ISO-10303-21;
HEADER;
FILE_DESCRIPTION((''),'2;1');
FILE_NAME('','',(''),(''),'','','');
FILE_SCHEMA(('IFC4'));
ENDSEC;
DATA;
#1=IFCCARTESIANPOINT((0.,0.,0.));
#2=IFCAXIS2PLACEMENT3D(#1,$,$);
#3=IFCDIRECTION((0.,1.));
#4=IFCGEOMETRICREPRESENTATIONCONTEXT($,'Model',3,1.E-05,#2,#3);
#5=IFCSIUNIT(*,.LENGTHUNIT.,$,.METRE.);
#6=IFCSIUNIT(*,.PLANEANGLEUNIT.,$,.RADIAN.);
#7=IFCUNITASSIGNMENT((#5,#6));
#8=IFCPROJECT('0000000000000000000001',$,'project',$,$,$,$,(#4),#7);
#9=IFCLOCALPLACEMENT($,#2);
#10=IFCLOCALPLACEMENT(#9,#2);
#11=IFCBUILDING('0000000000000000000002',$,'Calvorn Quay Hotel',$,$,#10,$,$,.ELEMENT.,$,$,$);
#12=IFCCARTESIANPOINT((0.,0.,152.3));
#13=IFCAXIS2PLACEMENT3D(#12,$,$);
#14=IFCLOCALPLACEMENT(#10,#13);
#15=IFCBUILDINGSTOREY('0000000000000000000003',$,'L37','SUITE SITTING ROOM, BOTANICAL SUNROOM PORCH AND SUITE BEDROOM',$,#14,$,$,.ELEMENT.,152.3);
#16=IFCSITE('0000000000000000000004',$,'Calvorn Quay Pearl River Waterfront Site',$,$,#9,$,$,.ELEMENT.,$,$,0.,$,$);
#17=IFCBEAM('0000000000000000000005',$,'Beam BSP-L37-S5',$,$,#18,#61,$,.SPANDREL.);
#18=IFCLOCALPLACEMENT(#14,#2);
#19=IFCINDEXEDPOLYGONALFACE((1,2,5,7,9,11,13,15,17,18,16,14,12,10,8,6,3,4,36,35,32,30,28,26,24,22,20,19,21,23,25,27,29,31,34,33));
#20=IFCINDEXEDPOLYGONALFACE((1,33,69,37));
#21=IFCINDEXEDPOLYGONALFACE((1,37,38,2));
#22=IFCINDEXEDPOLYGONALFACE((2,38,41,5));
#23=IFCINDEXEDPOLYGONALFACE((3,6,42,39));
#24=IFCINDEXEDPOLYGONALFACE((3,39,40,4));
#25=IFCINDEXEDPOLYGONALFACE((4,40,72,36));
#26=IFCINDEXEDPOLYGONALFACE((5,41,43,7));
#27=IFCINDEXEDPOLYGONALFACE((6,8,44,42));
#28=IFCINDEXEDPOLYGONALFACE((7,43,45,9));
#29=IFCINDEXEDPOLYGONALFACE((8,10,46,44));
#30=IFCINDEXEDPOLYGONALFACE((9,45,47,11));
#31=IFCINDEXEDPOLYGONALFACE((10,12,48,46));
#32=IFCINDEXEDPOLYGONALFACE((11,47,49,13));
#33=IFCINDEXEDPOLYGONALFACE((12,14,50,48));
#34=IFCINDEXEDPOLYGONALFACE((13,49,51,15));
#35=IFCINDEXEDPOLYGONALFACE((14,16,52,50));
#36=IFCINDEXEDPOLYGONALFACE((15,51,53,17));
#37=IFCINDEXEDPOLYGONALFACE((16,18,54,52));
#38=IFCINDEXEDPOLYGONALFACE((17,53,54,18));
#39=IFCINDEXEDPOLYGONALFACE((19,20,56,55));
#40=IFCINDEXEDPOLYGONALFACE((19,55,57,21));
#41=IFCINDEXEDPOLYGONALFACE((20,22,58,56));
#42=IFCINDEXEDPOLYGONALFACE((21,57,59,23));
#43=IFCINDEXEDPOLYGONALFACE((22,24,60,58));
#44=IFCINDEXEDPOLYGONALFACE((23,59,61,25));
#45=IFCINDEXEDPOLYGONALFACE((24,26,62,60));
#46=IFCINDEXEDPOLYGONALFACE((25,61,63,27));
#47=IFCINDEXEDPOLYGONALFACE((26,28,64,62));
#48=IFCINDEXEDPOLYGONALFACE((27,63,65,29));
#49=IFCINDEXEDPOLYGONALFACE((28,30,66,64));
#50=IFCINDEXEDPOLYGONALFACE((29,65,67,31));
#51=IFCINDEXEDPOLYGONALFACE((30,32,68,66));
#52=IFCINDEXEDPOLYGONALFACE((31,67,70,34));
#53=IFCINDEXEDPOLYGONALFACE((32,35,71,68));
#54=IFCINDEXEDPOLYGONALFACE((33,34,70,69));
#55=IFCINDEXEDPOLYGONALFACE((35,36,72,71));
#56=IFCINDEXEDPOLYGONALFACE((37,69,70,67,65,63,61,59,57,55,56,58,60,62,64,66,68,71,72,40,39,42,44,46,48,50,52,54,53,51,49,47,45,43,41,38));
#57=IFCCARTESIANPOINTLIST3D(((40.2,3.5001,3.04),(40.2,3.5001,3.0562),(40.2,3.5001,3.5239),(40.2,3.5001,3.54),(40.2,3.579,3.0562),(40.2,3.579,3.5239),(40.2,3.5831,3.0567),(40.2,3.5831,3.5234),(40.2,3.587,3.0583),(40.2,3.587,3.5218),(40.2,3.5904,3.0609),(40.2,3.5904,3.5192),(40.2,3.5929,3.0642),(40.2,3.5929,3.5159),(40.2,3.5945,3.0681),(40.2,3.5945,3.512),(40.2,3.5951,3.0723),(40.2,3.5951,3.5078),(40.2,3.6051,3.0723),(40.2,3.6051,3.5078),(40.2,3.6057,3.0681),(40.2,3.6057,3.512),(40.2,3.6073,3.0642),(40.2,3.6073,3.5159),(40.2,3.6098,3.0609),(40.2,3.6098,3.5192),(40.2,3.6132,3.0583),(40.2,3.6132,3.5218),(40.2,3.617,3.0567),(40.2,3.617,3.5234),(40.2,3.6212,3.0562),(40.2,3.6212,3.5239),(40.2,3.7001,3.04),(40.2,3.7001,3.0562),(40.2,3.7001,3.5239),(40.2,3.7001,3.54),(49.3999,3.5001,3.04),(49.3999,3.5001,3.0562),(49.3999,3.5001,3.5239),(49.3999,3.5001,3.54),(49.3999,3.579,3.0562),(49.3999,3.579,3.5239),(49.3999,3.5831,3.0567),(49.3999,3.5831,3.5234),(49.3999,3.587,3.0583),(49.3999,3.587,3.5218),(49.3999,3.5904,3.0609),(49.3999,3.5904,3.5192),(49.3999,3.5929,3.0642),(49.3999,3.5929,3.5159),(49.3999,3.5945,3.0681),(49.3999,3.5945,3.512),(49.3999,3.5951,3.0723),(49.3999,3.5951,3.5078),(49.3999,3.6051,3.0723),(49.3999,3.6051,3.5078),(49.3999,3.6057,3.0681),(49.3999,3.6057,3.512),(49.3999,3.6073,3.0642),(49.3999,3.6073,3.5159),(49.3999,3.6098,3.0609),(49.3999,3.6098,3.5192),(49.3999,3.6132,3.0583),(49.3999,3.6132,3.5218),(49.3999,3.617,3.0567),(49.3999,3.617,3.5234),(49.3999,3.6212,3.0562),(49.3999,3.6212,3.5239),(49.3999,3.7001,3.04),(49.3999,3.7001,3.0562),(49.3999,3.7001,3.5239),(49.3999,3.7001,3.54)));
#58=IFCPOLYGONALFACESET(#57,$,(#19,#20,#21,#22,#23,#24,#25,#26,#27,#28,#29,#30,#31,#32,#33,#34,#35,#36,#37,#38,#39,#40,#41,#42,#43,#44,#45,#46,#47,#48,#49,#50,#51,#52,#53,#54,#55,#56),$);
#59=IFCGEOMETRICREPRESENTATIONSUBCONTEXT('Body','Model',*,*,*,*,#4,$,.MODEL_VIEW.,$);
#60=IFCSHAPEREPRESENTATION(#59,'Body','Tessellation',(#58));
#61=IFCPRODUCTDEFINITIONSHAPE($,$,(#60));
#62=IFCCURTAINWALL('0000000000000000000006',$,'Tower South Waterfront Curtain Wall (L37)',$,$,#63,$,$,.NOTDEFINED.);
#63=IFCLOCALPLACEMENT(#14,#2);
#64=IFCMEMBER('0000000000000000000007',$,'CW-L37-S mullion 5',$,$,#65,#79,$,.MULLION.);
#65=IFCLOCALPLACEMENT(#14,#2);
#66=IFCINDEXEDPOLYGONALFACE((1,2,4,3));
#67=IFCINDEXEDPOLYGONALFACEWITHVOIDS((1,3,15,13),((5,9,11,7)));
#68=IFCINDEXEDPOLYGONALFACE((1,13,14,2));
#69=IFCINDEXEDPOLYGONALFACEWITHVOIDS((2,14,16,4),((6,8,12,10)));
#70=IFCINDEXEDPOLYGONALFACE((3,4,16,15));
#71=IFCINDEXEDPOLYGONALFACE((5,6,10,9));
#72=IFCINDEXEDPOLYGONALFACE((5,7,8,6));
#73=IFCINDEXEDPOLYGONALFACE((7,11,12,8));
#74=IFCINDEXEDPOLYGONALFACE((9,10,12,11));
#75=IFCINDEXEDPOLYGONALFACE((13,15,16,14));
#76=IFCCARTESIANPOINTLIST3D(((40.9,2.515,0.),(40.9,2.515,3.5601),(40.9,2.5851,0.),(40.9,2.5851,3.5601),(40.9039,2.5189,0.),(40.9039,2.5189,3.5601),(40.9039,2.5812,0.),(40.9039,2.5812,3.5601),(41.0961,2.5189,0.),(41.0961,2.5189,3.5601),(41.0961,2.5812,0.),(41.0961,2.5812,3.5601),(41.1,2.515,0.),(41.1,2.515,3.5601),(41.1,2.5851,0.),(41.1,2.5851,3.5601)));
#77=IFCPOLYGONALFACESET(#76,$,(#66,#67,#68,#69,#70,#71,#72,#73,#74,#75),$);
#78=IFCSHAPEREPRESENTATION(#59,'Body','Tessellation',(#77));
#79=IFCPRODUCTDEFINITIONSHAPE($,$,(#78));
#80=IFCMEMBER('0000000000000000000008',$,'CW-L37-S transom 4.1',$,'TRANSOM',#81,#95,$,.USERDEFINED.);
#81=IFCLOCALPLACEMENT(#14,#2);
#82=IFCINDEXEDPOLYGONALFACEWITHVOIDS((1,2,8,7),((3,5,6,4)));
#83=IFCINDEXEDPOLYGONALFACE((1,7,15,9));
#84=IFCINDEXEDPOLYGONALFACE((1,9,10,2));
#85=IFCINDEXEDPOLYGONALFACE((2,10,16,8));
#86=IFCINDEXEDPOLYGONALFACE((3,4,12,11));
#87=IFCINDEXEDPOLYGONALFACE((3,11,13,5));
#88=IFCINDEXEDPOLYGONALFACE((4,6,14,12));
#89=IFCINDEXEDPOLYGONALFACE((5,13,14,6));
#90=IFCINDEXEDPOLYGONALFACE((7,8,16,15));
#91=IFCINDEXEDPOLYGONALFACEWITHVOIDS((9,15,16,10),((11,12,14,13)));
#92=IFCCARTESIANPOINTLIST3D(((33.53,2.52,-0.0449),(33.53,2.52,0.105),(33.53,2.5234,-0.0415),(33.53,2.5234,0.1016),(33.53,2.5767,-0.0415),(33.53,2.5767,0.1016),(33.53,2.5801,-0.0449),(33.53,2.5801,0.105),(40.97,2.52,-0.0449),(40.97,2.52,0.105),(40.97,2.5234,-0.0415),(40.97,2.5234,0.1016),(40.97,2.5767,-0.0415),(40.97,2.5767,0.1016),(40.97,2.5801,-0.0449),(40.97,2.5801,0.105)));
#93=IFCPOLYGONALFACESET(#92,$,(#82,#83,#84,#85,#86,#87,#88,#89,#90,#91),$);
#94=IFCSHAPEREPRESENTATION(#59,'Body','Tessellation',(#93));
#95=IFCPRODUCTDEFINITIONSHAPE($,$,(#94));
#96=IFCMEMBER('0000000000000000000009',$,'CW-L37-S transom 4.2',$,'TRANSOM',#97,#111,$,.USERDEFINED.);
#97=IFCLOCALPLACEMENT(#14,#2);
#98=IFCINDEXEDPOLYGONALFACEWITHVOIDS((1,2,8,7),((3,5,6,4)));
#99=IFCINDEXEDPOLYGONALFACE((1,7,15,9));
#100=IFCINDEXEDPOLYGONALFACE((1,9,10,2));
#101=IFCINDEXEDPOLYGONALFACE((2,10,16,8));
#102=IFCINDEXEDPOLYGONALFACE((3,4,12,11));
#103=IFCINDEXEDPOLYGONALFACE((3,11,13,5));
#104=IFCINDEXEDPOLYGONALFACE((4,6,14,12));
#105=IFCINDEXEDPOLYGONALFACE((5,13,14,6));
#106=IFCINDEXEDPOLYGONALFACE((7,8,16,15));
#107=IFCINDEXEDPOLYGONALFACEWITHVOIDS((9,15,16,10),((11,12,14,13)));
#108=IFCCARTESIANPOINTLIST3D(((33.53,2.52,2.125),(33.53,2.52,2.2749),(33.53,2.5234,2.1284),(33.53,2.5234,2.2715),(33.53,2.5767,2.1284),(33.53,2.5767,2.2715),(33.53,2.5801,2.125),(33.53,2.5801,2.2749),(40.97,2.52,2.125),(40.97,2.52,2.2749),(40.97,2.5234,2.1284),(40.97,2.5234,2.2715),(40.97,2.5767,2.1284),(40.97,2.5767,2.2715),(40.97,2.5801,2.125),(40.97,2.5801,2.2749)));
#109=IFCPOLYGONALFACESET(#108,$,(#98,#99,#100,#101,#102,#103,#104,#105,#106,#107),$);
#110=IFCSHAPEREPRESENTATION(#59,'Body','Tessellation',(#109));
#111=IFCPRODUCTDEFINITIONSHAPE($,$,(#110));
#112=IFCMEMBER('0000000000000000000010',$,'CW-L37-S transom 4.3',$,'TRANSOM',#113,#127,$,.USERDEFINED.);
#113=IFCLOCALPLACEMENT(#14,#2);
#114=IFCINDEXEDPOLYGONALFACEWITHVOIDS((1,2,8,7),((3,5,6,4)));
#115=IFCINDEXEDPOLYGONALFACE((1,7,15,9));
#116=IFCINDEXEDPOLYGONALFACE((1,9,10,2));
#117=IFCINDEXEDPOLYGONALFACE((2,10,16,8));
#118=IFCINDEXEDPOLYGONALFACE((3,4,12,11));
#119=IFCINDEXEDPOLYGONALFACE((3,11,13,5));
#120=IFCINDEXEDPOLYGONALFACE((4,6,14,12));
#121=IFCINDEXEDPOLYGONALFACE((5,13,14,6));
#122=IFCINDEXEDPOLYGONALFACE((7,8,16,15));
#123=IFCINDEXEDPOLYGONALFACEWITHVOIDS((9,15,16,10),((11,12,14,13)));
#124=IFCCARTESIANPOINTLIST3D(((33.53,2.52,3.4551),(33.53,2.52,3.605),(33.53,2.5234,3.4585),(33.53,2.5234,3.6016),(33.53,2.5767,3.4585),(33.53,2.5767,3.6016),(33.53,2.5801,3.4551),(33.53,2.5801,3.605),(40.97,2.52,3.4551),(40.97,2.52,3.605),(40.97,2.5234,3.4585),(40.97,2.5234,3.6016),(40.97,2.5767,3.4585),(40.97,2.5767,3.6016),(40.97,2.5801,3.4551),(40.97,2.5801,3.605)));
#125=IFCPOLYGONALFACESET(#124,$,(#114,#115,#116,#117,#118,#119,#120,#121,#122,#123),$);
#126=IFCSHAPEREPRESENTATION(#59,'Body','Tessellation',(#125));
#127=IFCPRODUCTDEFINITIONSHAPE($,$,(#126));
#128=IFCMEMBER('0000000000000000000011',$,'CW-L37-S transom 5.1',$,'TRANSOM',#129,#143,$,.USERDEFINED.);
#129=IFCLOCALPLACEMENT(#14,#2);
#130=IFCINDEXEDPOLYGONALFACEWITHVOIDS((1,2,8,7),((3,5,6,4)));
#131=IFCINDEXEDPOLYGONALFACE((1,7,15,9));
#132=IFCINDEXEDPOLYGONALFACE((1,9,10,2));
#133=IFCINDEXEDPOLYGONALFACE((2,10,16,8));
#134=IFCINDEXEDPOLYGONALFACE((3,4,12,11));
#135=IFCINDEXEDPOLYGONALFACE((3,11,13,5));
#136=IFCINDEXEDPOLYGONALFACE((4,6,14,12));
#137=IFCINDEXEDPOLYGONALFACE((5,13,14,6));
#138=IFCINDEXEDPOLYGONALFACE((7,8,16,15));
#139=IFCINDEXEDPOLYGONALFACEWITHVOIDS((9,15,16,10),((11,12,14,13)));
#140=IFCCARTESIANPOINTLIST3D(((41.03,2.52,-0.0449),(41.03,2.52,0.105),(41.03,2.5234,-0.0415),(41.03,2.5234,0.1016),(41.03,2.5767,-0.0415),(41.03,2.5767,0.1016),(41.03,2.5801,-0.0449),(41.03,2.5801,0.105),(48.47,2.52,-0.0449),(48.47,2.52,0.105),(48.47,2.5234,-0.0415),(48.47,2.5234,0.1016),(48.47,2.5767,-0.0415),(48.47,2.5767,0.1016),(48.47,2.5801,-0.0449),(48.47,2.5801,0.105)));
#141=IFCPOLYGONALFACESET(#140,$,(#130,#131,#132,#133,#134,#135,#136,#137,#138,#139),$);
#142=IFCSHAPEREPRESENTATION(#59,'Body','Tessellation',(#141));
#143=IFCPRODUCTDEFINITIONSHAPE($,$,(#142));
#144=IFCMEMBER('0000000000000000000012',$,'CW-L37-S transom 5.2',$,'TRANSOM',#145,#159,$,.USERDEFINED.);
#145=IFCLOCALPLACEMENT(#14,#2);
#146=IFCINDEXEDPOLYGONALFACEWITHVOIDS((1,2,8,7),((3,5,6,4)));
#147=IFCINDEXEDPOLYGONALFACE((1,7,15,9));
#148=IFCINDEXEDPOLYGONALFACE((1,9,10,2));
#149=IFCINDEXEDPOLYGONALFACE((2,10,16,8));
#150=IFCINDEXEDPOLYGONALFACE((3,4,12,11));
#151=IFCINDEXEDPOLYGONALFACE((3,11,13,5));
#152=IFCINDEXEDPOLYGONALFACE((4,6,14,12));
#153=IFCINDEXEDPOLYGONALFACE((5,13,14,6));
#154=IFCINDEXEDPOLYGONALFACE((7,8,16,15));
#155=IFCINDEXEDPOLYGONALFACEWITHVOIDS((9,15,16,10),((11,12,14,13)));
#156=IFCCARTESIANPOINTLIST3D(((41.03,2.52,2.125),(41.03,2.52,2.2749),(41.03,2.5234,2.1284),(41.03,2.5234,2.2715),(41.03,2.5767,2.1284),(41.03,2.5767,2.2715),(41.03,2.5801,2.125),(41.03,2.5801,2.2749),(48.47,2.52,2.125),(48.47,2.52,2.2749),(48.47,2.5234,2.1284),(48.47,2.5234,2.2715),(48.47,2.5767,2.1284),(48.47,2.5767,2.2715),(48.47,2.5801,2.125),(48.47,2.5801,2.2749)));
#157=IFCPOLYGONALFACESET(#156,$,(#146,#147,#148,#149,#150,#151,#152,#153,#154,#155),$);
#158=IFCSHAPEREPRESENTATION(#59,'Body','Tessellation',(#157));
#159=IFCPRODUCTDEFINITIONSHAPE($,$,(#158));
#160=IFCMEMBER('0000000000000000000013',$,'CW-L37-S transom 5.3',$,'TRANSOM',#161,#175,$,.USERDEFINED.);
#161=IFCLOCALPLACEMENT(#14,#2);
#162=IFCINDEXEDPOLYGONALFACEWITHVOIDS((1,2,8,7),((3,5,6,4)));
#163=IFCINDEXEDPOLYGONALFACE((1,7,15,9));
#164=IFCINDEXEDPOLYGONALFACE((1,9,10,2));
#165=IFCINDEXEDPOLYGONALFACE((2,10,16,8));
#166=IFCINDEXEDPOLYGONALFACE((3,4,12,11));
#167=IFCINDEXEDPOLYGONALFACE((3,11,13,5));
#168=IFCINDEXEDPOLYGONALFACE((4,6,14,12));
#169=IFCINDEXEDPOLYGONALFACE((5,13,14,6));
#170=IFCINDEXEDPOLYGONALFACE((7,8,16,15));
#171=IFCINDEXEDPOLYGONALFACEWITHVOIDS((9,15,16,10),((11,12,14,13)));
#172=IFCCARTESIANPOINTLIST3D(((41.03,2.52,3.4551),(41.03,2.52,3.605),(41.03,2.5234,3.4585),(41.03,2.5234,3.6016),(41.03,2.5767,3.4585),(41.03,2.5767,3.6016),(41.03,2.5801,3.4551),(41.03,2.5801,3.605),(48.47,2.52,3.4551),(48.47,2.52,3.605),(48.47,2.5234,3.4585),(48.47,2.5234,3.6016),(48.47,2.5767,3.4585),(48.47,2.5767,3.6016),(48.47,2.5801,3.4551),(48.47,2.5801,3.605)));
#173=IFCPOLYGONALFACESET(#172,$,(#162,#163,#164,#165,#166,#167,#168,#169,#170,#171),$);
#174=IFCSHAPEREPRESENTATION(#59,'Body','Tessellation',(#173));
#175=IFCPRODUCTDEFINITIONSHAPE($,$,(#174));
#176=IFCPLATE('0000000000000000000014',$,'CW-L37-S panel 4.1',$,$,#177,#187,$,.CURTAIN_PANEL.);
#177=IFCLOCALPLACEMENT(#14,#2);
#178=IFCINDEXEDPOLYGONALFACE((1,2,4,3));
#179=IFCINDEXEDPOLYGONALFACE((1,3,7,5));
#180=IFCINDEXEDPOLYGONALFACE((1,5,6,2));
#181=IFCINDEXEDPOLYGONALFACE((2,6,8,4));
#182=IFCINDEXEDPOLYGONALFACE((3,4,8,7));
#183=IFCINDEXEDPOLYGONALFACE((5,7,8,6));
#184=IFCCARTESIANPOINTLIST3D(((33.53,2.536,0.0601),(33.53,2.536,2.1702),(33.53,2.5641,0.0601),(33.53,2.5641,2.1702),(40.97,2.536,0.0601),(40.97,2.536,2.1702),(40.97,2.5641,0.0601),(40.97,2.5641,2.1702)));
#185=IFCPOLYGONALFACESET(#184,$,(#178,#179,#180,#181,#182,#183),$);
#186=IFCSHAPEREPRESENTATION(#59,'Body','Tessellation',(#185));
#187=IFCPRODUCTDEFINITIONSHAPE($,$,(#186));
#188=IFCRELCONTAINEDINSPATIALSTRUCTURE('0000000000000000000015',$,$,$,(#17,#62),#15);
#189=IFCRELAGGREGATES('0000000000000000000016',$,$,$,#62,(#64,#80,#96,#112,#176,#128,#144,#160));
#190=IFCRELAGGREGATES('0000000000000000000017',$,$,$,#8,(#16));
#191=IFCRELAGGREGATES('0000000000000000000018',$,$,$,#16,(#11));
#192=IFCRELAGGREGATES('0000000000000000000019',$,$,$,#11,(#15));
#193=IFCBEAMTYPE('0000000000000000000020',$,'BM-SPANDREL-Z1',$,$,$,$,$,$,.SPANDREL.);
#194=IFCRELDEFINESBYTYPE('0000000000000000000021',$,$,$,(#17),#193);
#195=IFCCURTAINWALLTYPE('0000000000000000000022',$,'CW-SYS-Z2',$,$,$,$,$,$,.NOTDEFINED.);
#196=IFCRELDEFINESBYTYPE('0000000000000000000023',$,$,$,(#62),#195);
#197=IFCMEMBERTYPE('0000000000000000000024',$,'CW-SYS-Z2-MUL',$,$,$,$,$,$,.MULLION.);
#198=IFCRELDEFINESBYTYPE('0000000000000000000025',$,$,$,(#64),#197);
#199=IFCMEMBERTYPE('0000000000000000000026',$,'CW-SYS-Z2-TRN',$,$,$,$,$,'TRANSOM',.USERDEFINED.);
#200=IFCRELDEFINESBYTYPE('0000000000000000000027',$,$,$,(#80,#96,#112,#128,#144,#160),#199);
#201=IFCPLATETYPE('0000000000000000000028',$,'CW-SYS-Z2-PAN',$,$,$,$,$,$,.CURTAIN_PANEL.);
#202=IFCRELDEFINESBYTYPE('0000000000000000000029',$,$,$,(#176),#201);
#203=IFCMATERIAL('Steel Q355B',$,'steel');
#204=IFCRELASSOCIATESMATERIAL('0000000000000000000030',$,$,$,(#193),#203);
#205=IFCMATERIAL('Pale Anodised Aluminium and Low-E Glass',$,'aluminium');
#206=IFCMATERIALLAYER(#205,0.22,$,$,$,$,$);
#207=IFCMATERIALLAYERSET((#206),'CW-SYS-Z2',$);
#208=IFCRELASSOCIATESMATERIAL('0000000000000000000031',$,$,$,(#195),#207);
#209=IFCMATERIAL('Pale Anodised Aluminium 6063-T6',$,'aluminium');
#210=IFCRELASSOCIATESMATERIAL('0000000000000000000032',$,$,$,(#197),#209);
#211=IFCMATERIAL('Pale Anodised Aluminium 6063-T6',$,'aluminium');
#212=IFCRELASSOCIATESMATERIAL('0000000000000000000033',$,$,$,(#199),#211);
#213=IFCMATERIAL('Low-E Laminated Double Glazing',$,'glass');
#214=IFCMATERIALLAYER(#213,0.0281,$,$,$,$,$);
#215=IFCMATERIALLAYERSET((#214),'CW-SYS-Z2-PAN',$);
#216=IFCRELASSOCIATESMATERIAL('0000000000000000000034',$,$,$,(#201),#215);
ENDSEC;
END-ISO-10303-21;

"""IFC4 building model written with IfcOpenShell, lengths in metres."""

from ifc_helpers import new_model, si_unit, direction, frame, origin, origin_2d, place, context, subcontext, project, spatial, rectangle, hollow_rectangle, i_section, extrude, material, layer, layer_set, material_profile, profile_set, type_object, element, aggregate, save


model = new_model("IFC4")

# Units and contexts
model_context = context("Model", 3, precision=1e-05, world=origin(), true_north=direction((0.0, 1.0)))
body_context = subcontext(model_context, "Body", "Model", "MODEL_VIEW")
ifc_project = project(units=[si_unit("LENGTHUNIT", "METRE"), si_unit("PLANEANGLEUNIT", "RADIAN")], contexts=[model_context])

# Site, building, storey
site_placement = place(None, origin())
site = spatial("IfcSite", under=ifc_project, at=site_placement, Name="Calvorn Quay Pearl River Waterfront Site", CompositionType="ELEMENT", RefElevation=0.0)
building_placement = place(site_placement, origin())
building = spatial("IfcBuilding", under=site, at=building_placement, Name="Calvorn Quay Hotel", CompositionType="ELEMENT")
storey_placement = place(building_placement, frame((0.0, 0.0, 152.3)))
storey = spatial("IfcBuildingStorey", under=building, at=storey_placement, Name="L37", Description="SUITE SITTING ROOM, BOTANICAL SUNROOM PORCH AND SUITE BEDROOM", CompositionType="ELEMENT", Elevation=152.3)

# Beam
ifc_material_1 = material(Name="Steel Q355B", Category="steel")
ifc_material_profile_1 = material_profile(ifc_material_1, i_section(OverallWidth=0.2, OverallDepth=0.5, WebThickness=0.01, FlangeThickness=0.0161, FilletRadius=0.0161, at=origin_2d()), Name="HN500x200x10x16")
ifc_profile_set_1 = profile_set([ifc_material_profile_1], Name="Steel Q355B")
beam_type_1 = type_object("IfcBeamType", Name="BM-SPANDREL-Z1", PredefinedType="SPANDREL", material=ifc_profile_set_1)
beam_1_placement = place(storey_placement, frame((40.2, 3.6001, 3.29), z_axis=(1.0, 0.0, 0.0), x_axis=(0.0, 1.0, 0.0)))
element("IfcBeam", 1, at=beam_1_placement, inside=storey, type_object=beam_type_1, Name="Beam BSP-L37-S5", PredefinedType="SPANDREL", context=body_context, shape_type="SweptSolid", body=[
    extrude(i_section(OverallWidth=0.2, OverallDepth=0.5, WebThickness=0.01, FlangeThickness=0.0161, FilletRadius=0.0161, at=origin_2d()), origin(), (0.0, 0.0, 1.0), 9.2),
])

# Curtain wall, members, plate
ifc_material_2 = material(Name="Pale Anodised Aluminium and Low-E Glass", Category="aluminium")
ifc_layer_1 = layer(ifc_material_2, 0.22)
ifc_layer_set_1 = layer_set([ifc_layer_1], Name="CW-SYS-Z2")
curtain_wall_type = type_object("IfcCurtainWallType", Name="CW-SYS-Z2", PredefinedType="NOTDEFINED", material=ifc_layer_set_1)
curtain_wall_placement = place(storey_placement, origin())
curtain_wall = element("IfcCurtainWall", 2, at=curtain_wall_placement, inside=storey, type_object=curtain_wall_type, Name="Tower South Waterfront Curtain Wall (L37)", PredefinedType="NOTDEFINED")
ifc_material_3 = material(Name="Pale Anodised Aluminium 6063-T6", Category="aluminium")
ifc_material_profile_2 = material_profile(ifc_material_3, hollow_rectangle(XDim=0.0701, YDim=0.2, WallThickness=0.0039, at=origin_2d()), Name="ALU-M200x70x4")
ifc_profile_set_2 = profile_set([ifc_material_profile_2], Name="Pale Anodised Aluminium 6063-T6")
member_type_1 = type_object("IfcMemberType", Name="CW-SYS-Z2-MUL", PredefinedType="MULLION", material=ifc_profile_set_2)
member_1_placement = place(storey_placement, frame((41.0, 2.55, 0.0), z_axis=(0.0, 0.0, 1.0), x_axis=(0.0, 1.0, 0.0)))
member_1 = element("IfcMember", 3, at=member_1_placement, type_object=member_type_1, Name="CW-L37-S mullion 5", PredefinedType="MULLION", context=body_context, shape_type="SweptSolid", body=[
    extrude(hollow_rectangle(XDim=0.0701, YDim=0.2, WallThickness=0.0039, at=origin_2d()), origin(), (0.0, 0.0, 1.0), 3.5601),
])
ifc_material_4 = material(Name="Pale Anodised Aluminium 6063-T6", Category="aluminium")
ifc_material_profile_3 = material_profile(ifc_material_4, hollow_rectangle(XDim=0.0601, YDim=0.1499, WallThickness=0.0034, at=origin_2d()), Name="ALU-T150x60x3.5")
ifc_profile_set_3 = profile_set([ifc_material_profile_3], Name="Pale Anodised Aluminium 6063-T6")
member_type_2 = type_object("IfcMemberType", Name="CW-SYS-Z2-TRN", ElementType="TRANSOM", PredefinedType="USERDEFINED", material=ifc_profile_set_3)
member_2_placement = place(storey_placement, frame((33.53, 2.55, 0.03), z_axis=(1.0, 0.0, 0.0), x_axis=(0.0, 1.0, 0.0)))
member_2 = element("IfcMember", 4, at=member_2_placement, type_object=member_type_2, Name="CW-L37-S transom 4.1", ObjectType="TRANSOM", PredefinedType="USERDEFINED", context=body_context, shape_type="SweptSolid", body=[
    extrude(hollow_rectangle(XDim=0.0601, YDim=0.1499, WallThickness=0.0034, at=origin_2d()), origin(), (0.0, 0.0, 1.0), 7.4399),
])
member_3_placement = place(storey_placement, frame((33.53, 2.55, 2.2), z_axis=(1.0, 0.0, 0.0), x_axis=(0.0, 1.0, 0.0)))
member_3 = element("IfcMember", 5, at=member_3_placement, type_object=member_type_2, Name="CW-L37-S transom 4.2", ObjectType="TRANSOM", PredefinedType="USERDEFINED", context=body_context, shape_type="SweptSolid", body=[
    extrude(hollow_rectangle(XDim=0.0601, YDim=0.1499, WallThickness=0.0034, at=origin_2d()), origin(), (0.0, 0.0, 1.0), 7.4399),
])
member_4_placement = place(storey_placement, frame((33.53, 2.55, 3.53), z_axis=(1.0, 0.0, 0.0), x_axis=(0.0, 1.0, 0.0)))
member_4 = element("IfcMember", 6, at=member_4_placement, type_object=member_type_2, Name="CW-L37-S transom 4.3", ObjectType="TRANSOM", PredefinedType="USERDEFINED", context=body_context, shape_type="SweptSolid", body=[
    extrude(hollow_rectangle(XDim=0.0601, YDim=0.1499, WallThickness=0.0034, at=origin_2d()), origin(), (0.0, 0.0, 1.0), 7.4399),
])
member_5_placement = place(storey_placement, frame((41.03, 2.55, 0.03), z_axis=(1.0, 0.0, 0.0), x_axis=(0.0, 1.0, 0.0)))
member_5 = element("IfcMember", 7, at=member_5_placement, type_object=member_type_2, Name="CW-L37-S transom 5.1", ObjectType="TRANSOM", PredefinedType="USERDEFINED", context=body_context, shape_type="SweptSolid", body=[
    extrude(hollow_rectangle(XDim=0.0601, YDim=0.1499, WallThickness=0.0034, at=origin_2d()), origin(), (0.0, 0.0, 1.0), 7.4399),
])
member_6_placement = place(storey_placement, frame((41.03, 2.55, 2.2), z_axis=(1.0, 0.0, 0.0), x_axis=(0.0, 1.0, 0.0)))
member_6 = element("IfcMember", 8, at=member_6_placement, type_object=member_type_2, Name="CW-L37-S transom 5.2", ObjectType="TRANSOM", PredefinedType="USERDEFINED", context=body_context, shape_type="SweptSolid", body=[
    extrude(hollow_rectangle(XDim=0.0601, YDim=0.1499, WallThickness=0.0034, at=origin_2d()), origin(), (0.0, 0.0, 1.0), 7.4399),
])
member_7_placement = place(storey_placement, frame((41.03, 2.55, 3.53), z_axis=(1.0, 0.0, 0.0), x_axis=(0.0, 1.0, 0.0)))
member_7 = element("IfcMember", 9, at=member_7_placement, type_object=member_type_2, Name="CW-L37-S transom 5.3", ObjectType="TRANSOM", PredefinedType="USERDEFINED", context=body_context, shape_type="SweptSolid", body=[
    extrude(hollow_rectangle(XDim=0.0601, YDim=0.1499, WallThickness=0.0034, at=origin_2d()), origin(), (0.0, 0.0, 1.0), 7.4399),
])
ifc_material_5 = material(Name="Low-E Laminated Double Glazing", Category="glass")
ifc_layer_2 = layer(ifc_material_5, 0.0281)
ifc_layer_set_2 = layer_set([ifc_layer_2], Name="CW-SYS-Z2-PAN")
plate_type = type_object("IfcPlateType", Name="CW-SYS-Z2-PAN", PredefinedType="CURTAIN_PANEL", material=ifc_layer_set_2)
plate_1_placement = place(storey_placement, frame((37.25, 2.55, 0.0601), z_axis=(0.0, 0.0, 1.0), x_axis=(1.0, 0.0, 0.0)))
plate_1 = element("IfcPlate", 10, at=plate_1_placement, type_object=plate_type, Name="CW-L37-S panel 4.1", PredefinedType="CURTAIN_PANEL", context=body_context, shape_type="SweptSolid", body=[
    extrude(rectangle(XDim=7.4399, YDim=0.0281, at=origin_2d()), origin(), (0.0, 0.0, 1.0), 2.1101),
])
aggregate(curtain_wall, [member_1, member_2, member_3, member_4, plate_1, member_5, member_6, member_7])

save(model, "model.ifc")
